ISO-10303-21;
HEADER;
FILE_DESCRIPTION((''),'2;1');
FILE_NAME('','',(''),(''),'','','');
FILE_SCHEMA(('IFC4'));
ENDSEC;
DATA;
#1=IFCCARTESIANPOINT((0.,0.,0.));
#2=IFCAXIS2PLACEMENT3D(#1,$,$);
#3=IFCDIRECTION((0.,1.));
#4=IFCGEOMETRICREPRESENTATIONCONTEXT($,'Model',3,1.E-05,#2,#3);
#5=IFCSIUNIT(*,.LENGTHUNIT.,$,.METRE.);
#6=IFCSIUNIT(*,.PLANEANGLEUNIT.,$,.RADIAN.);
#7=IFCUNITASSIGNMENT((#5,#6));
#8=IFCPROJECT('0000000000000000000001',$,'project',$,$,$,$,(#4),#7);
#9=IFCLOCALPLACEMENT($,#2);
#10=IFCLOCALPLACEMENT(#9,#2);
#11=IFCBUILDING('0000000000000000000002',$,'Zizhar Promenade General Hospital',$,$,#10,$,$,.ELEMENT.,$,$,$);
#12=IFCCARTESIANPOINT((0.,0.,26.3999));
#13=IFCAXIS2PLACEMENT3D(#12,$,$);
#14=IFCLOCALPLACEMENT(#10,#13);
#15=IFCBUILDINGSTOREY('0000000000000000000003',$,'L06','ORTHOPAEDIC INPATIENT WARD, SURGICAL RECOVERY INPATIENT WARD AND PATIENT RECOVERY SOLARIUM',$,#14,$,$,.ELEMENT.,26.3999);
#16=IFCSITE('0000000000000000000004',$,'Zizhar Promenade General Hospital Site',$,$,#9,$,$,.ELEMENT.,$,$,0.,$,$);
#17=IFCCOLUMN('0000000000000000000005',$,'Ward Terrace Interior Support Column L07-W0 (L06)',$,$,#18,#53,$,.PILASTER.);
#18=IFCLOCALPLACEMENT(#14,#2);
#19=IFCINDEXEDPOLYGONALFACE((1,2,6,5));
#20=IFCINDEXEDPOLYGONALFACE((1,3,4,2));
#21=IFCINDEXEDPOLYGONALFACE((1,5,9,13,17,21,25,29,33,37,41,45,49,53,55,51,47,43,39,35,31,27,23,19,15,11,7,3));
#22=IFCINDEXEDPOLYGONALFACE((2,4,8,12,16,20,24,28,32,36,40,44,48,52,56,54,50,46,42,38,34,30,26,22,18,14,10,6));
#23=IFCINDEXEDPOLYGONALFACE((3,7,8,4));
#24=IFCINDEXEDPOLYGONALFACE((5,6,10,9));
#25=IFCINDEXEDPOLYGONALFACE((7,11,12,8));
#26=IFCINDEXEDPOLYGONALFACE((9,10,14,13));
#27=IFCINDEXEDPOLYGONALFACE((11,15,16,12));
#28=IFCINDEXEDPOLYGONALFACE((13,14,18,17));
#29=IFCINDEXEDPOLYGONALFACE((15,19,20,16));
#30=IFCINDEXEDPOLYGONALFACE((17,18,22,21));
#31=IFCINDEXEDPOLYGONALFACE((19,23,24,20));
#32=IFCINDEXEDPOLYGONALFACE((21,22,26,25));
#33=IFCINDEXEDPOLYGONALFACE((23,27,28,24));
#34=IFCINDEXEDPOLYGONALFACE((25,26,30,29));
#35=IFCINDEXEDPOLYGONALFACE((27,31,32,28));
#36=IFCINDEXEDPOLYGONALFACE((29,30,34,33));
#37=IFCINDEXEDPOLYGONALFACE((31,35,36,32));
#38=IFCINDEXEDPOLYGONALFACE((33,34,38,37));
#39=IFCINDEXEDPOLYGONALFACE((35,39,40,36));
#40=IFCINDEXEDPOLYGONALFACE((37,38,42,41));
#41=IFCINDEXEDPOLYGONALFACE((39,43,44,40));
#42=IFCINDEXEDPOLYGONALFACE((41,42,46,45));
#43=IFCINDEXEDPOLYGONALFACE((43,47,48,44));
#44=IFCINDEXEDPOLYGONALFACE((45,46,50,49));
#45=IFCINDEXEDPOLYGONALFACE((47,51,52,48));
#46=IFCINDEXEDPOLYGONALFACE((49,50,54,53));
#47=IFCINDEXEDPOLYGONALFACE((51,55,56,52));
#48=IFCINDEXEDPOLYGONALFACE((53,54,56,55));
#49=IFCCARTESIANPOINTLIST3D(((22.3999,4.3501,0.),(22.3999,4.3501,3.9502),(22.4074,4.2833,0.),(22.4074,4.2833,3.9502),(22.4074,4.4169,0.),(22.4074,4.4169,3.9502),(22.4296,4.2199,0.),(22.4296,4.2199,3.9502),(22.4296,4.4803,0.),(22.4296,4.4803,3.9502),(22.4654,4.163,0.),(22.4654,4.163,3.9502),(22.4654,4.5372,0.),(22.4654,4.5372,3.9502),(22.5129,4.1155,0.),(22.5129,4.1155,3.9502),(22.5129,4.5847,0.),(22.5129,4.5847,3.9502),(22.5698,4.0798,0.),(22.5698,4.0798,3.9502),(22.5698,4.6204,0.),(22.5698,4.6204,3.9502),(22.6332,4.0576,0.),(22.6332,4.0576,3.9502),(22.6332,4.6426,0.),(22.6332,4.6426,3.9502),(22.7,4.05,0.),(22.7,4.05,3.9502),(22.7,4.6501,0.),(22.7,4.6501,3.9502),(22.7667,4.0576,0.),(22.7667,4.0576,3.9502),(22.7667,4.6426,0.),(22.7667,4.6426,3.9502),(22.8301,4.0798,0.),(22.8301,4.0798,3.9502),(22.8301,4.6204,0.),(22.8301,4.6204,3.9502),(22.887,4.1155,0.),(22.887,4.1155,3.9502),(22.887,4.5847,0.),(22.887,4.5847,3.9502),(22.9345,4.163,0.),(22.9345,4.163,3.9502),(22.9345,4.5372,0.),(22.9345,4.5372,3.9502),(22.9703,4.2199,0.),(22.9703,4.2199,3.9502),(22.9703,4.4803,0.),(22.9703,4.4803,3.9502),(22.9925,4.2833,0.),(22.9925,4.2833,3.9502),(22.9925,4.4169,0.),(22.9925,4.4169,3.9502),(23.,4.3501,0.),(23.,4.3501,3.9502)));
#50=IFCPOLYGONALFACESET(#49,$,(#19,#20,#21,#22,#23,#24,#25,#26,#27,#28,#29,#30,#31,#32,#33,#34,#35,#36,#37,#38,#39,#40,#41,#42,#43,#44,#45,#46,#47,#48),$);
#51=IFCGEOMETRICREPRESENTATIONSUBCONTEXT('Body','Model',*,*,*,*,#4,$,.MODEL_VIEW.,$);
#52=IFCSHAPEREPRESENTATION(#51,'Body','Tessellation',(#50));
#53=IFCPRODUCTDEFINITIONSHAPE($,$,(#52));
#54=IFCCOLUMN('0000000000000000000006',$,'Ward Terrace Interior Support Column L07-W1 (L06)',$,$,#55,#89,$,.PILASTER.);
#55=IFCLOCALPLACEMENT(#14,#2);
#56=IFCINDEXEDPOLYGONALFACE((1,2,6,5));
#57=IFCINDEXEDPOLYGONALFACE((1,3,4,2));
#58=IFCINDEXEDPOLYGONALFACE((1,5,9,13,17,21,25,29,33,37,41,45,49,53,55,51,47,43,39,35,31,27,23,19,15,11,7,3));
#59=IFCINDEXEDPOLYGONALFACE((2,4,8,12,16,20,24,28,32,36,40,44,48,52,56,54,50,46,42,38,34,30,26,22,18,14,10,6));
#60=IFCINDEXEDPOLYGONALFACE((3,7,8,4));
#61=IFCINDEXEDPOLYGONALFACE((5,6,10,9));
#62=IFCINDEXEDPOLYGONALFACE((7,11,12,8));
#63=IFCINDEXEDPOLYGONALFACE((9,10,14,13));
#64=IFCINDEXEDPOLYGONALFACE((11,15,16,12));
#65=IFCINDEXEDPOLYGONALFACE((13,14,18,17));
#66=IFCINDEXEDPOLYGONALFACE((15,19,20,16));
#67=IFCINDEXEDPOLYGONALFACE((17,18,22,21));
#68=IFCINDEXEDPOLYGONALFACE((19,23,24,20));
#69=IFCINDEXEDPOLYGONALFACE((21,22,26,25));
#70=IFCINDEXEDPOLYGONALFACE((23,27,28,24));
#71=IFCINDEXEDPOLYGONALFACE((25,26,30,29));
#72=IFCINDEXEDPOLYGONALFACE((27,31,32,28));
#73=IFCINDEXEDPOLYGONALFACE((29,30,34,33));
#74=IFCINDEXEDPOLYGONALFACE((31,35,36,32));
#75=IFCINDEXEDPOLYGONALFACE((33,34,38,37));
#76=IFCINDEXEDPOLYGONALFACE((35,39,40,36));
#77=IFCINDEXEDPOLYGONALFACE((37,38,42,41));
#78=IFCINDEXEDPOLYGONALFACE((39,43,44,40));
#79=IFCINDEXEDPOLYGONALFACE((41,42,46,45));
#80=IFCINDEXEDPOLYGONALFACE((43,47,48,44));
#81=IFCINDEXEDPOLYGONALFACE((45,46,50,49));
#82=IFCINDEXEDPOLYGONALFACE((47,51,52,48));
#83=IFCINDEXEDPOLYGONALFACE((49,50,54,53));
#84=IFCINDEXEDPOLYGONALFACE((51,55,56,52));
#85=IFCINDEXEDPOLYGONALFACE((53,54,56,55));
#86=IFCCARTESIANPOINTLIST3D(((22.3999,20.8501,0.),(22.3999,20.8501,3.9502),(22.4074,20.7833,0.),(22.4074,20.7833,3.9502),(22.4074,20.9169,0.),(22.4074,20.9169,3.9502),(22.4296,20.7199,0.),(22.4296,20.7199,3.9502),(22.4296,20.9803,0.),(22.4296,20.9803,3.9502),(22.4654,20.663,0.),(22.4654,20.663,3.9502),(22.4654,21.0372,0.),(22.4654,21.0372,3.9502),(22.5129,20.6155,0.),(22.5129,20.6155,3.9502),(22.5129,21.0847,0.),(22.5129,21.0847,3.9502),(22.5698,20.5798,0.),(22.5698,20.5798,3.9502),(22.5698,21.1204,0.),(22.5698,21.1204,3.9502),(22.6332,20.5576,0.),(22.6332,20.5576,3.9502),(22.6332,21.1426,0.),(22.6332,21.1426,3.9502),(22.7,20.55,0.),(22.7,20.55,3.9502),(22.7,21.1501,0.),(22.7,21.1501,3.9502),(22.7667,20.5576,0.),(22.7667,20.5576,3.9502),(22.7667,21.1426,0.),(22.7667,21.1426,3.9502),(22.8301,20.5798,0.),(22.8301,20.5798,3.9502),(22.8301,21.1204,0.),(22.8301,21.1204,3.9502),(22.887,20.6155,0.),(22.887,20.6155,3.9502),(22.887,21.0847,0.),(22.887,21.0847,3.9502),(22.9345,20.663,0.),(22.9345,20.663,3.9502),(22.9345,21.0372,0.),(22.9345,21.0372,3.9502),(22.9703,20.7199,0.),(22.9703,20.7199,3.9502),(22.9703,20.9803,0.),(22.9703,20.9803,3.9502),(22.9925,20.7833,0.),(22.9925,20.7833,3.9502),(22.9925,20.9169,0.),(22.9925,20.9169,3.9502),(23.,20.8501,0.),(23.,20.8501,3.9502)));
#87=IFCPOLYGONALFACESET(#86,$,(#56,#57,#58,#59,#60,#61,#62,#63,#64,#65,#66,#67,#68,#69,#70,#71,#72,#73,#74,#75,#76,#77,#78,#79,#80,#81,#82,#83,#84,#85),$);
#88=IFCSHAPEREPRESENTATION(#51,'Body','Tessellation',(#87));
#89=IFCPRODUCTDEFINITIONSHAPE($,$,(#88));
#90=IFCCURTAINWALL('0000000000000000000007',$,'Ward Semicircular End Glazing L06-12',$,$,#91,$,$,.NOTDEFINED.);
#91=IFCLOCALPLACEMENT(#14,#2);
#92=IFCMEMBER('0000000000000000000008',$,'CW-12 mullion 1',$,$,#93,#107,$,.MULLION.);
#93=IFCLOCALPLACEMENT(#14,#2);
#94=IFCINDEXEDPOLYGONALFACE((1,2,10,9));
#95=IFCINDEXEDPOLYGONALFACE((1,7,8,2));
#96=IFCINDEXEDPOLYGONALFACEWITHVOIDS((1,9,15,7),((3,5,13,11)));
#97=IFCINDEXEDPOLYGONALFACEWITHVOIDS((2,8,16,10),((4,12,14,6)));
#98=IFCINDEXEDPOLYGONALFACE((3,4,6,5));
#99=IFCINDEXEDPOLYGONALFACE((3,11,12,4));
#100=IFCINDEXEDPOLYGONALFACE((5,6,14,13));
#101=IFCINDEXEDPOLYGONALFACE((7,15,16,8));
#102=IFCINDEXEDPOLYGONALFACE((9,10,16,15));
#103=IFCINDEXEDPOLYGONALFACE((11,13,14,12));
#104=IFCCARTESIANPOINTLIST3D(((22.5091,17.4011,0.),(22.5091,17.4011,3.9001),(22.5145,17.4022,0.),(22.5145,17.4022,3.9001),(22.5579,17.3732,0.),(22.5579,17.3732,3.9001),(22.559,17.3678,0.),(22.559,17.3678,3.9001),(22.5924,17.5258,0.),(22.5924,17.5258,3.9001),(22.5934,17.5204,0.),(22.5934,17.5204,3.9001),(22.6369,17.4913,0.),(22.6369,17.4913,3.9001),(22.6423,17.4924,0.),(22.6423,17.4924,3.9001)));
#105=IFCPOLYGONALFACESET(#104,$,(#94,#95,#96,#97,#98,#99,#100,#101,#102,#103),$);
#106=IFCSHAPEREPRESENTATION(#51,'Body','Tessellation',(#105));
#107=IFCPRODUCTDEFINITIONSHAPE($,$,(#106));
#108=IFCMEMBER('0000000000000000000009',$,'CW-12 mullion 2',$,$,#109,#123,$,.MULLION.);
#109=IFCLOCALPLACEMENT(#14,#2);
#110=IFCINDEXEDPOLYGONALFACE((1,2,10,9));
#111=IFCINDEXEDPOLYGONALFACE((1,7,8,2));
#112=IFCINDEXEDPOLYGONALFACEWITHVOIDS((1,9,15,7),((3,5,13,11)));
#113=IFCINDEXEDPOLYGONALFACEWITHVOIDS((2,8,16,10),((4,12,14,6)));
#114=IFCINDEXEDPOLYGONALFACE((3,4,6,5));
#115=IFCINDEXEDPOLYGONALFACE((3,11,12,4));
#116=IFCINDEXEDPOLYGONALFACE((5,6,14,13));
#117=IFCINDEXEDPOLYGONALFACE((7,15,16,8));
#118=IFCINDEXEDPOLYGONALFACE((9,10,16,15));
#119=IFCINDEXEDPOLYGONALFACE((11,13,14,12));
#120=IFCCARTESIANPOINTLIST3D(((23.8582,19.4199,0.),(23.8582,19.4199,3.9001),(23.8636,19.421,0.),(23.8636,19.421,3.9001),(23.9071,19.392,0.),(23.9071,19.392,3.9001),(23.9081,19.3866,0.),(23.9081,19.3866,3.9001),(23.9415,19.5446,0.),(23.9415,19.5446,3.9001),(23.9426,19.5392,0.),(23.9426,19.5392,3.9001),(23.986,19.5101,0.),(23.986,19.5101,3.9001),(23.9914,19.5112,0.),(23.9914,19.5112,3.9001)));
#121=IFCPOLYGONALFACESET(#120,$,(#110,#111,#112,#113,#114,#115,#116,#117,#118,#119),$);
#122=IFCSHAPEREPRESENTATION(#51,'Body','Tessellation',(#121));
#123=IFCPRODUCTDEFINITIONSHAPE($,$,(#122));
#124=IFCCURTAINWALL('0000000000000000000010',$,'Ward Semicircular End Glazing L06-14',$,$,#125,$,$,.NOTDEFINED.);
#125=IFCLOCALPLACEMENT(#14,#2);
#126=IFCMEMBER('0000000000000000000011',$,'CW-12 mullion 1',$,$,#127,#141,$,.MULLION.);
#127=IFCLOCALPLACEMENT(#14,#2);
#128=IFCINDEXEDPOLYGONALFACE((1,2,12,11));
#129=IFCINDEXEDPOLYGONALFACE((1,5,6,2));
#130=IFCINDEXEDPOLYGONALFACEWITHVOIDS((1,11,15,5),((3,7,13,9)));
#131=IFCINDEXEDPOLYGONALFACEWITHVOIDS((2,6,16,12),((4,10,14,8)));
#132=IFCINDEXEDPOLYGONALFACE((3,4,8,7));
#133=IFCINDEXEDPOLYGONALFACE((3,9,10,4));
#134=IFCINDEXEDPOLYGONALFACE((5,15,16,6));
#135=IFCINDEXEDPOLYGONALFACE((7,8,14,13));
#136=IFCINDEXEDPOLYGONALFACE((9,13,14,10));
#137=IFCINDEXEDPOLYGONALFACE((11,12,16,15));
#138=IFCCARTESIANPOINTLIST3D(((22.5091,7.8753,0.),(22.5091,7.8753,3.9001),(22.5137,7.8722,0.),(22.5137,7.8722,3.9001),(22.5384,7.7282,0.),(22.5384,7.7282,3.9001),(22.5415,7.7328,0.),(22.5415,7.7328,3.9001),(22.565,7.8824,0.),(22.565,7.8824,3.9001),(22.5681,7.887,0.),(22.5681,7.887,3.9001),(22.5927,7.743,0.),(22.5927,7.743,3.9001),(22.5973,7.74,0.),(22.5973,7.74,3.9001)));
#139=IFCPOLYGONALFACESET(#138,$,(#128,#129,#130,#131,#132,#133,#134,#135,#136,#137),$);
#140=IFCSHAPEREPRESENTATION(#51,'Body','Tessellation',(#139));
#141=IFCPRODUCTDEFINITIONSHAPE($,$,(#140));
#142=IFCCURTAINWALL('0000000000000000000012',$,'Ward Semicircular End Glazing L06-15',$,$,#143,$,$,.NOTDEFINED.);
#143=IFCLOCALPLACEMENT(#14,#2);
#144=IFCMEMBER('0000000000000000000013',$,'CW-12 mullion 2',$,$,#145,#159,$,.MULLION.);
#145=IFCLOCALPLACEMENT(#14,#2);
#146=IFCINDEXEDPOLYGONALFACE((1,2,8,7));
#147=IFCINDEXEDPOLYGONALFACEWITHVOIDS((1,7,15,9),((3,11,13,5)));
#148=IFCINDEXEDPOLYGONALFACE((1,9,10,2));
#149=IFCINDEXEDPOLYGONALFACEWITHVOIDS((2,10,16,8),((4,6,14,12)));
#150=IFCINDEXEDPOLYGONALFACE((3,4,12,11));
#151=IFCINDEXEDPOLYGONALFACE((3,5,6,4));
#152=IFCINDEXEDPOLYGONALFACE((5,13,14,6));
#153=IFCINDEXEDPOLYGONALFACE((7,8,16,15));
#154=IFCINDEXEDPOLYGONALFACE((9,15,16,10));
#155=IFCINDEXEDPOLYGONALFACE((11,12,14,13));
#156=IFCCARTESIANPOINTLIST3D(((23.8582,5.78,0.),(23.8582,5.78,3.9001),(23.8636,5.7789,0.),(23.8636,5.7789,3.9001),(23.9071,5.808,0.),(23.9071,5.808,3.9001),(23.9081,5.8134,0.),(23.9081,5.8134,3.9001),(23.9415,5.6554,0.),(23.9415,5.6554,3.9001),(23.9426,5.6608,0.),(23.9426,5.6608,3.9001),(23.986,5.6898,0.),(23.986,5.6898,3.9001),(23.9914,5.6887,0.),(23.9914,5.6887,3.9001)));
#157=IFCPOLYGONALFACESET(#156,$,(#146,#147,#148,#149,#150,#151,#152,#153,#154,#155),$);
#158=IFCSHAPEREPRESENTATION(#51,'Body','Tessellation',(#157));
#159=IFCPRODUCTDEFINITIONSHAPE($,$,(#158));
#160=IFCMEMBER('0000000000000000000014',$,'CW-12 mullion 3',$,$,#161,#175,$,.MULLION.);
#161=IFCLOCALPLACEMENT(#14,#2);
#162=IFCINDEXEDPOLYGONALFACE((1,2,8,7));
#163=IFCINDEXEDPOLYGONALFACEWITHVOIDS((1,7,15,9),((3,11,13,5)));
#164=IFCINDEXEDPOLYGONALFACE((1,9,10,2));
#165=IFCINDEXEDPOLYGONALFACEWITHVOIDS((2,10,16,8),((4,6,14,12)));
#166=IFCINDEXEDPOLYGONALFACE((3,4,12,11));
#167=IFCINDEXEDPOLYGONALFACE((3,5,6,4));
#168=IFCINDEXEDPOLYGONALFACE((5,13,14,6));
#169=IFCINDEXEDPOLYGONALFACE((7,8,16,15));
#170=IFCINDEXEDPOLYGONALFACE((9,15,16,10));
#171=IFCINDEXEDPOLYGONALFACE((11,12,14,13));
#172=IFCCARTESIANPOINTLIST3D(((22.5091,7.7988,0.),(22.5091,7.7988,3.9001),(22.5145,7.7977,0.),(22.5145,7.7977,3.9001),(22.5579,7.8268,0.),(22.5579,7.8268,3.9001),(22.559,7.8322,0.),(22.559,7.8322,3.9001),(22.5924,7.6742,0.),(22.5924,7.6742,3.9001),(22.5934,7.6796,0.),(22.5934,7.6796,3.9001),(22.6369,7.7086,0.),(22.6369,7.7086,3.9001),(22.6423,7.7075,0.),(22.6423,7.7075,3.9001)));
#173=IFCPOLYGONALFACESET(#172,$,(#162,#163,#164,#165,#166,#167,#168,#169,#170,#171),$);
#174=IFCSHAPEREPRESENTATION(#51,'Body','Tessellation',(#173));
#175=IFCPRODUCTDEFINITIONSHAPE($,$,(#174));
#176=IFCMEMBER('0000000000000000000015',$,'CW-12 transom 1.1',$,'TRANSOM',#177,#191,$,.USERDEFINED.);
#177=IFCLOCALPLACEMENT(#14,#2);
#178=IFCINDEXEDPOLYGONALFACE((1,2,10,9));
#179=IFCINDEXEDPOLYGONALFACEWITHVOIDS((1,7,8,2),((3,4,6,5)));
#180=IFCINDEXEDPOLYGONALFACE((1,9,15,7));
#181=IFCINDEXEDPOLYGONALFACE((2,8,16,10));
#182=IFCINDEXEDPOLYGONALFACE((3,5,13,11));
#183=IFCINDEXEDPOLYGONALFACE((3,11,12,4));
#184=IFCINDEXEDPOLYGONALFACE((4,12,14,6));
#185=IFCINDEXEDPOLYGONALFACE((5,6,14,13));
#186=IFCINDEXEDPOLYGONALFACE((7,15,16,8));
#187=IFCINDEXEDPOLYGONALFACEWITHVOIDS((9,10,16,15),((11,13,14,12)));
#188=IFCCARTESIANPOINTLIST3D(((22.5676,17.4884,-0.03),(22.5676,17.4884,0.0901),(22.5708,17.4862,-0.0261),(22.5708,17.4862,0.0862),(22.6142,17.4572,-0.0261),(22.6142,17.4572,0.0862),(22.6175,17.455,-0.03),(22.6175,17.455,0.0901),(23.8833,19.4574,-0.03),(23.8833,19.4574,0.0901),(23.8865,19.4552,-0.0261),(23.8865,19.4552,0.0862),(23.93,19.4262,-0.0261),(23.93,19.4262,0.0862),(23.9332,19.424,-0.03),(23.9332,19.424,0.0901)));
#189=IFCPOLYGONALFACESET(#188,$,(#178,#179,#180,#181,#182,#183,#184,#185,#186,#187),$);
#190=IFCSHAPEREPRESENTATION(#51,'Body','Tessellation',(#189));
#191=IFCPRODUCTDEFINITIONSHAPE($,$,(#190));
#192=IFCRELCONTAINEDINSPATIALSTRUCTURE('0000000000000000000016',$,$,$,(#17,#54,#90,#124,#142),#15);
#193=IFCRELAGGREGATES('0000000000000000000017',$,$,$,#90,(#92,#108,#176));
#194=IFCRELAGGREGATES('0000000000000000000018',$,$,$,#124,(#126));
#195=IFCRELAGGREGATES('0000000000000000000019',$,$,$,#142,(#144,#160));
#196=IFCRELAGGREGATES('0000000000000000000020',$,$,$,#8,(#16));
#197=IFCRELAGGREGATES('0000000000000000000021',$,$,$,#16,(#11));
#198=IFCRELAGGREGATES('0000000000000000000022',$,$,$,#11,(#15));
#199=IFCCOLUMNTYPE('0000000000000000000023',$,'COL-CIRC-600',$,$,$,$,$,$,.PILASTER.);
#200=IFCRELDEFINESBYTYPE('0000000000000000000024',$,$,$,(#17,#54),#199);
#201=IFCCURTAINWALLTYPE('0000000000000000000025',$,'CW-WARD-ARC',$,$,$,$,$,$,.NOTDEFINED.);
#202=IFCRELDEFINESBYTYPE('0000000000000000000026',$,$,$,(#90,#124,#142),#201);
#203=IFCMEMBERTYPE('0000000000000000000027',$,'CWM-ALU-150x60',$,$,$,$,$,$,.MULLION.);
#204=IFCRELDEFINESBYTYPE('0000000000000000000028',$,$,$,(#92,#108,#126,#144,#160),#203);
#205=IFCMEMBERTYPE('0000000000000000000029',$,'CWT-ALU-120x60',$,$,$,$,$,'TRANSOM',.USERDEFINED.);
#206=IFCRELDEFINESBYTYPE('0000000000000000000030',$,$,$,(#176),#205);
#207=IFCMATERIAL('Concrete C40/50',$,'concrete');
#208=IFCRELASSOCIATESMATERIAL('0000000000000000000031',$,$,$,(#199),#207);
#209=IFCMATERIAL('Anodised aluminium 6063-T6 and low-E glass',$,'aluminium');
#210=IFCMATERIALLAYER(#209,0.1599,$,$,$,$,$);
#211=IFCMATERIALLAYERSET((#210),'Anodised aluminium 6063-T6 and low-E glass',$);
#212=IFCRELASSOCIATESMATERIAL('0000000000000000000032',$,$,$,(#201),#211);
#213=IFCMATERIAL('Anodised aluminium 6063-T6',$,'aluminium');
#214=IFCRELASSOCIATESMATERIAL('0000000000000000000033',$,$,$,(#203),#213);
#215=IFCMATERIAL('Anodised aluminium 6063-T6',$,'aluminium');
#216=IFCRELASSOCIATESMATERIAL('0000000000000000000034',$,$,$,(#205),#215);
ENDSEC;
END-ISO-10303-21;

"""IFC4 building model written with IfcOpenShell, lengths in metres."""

from ifc_helpers import new_model, si_unit, direction, frame, origin, origin_2d, place, context, subcontext, project, spatial, hollow_rectangle, circle, extrude, material, layer, layer_set, material_profile, profile_set, type_object, element, aggregate, save


model = new_model("IFC4")

# Units and contexts
model_context = context("Model", 3, precision=1e-05, world=origin(), true_north=direction((0.0, 1.0)))
body_context = subcontext(model_context, "Body", "Model", "MODEL_VIEW")
ifc_project = project(units=[si_unit("LENGTHUNIT", "METRE"), si_unit("PLANEANGLEUNIT", "RADIAN")], contexts=[model_context])

# Site, building, storey
site_placement = place(None, origin())
site = spatial("IfcSite", under=ifc_project, at=site_placement, Name="Zizhar Promenade General Hospital Site", CompositionType="ELEMENT", RefElevation=0.0)
building_placement = place(site_placement, origin())
building = spatial("IfcBuilding", under=site, at=building_placement, Name="Zizhar Promenade General Hospital", CompositionType="ELEMENT")
storey_placement = place(building_placement, frame((0.0, 0.0, 26.3999)))
storey = spatial("IfcBuildingStorey", under=building, at=storey_placement, Name="L06", Description="ORTHOPAEDIC INPATIENT WARD, SURGICAL RECOVERY INPATIENT WARD AND PATIENT RECOVERY SOLARIUM", CompositionType="ELEMENT", Elevation=26.3999)

# Columns
ifc_material_1 = material(Name="Concrete C40/50", Category="concrete")
ifc_material_profile_1 = material_profile(ifc_material_1, circle(Radius=0.3, at=origin_2d()))
ifc_profile_set_1 = profile_set([ifc_material_profile_1], Name="Concrete C40/50")
column_type = type_object("IfcColumnType", Name="COL-CIRC-600", PredefinedType="PILASTER", material=ifc_profile_set_1)
for number, where, z_axis, x_axis, name in (
    (1, (22.7, 4.3501, 0.0), (0.0, 0.0, 1.0), (1.0, 0.0, 0.0), "Ward Terrace Interior Support Column L07-W0 (L06)"),
    (2, (22.7, 20.8501, 0.0), (0.0, 0.0, 1.0), (1.0, 0.0, 0.0), "Ward Terrace Interior Support Column L07-W1 (L06)"),
):
    element("IfcColumn", number, at=place(storey_placement, frame(where, z_axis=z_axis, x_axis=x_axis)), inside=storey, type_object=column_type, Name=name, PredefinedType="PILASTER", context=body_context, shape_type="SweptSolid", body=[
        extrude(circle(Radius=0.3, at=origin_2d()), origin(), (0.0, 0.0, 1.0), 3.9502),
    ])

# Curtain wall, members
ifc_material_2 = material(Name="Anodised aluminium 6063-T6 and low-E glass", Category="aluminium")
ifc_layer_1 = layer(ifc_material_2, 0.1599)
ifc_layer_set_1 = layer_set([ifc_layer_1], Name="Anodised aluminium 6063-T6 and low-E glass")
curtain_wall_type = type_object("IfcCurtainWallType", Name="CW-WARD-ARC", PredefinedType="NOTDEFINED", material=ifc_layer_set_1)
curtain_wall_1_placement = place(storey_placement, origin())
curtain_wall_1 = element("IfcCurtainWall", 3, at=curtain_wall_1_placement, inside=storey, type_object=curtain_wall_type, Name="Ward Semicircular End Glazing L06-12", PredefinedType="NOTDEFINED")
ifc_material_3 = material(Name="Anodised aluminium 6063-T6", Category="aluminium")
ifc_material_profile_2 = material_profile(ifc_material_3, hollow_rectangle(XDim=0.0601, YDim=0.1499, WallThickness=0.0039, at=origin_2d()))
ifc_profile_set_2 = profile_set([ifc_material_profile_2], Name="Anodised aluminium 6063-T6")
member_type_1 = type_object("IfcMemberType", Name="CWM-ALU-150x60", PredefinedType="MULLION", material=ifc_profile_set_2)
member_1_placement = place(storey_placement, frame((22.5757, 17.4468, 0.0), z_axis=(0.0, 0.0, 1.0), x_axis=(-0.831462, 0.555582, 0.0)))
member_1 = element("IfcMember", 4, at=member_1_placement, type_object=member_type_1, Name="CW-12 mullion 1", PredefinedType="MULLION", context=body_context, shape_type="SweptSolid", body=[
    extrude(hollow_rectangle(XDim=0.0601, YDim=0.1499, WallThickness=0.0039, at=origin_2d()), origin(), (0.0, 0.0, 1.0), 3.9001),
])
member_2_placement = place(storey_placement, frame((23.9248, 19.4656, 0.0), z_axis=(0.0, 0.0, 1.0), x_axis=(-0.831462, 0.555582, 0.0)))
member_2 = element("IfcMember", 5, at=member_2_placement, type_object=member_type_1, Name="CW-12 mullion 2", PredefinedType="MULLION", context=body_context, shape_type="SweptSolid", body=[
    extrude(hollow_rectangle(XDim=0.0601, YDim=0.1499, WallThickness=0.0039, at=origin_2d()), origin(), (0.0, 0.0, 1.0), 3.9001),
])

# Curtain wall, member
curtain_wall_2_placement = place(storey_placement, origin())
curtain_wall_2 = element("IfcCurtainWall", 6, at=curtain_wall_2_placement, inside=storey, type_object=curtain_wall_type, Name="Ward Semicircular End Glazing L06-14", PredefinedType="NOTDEFINED")
member_3_placement = place(storey_placement, frame((22.5532, 7.8076, 0.0), z_axis=(0.0, 0.0, 1.0), x_axis=(-0.980786, -0.195087, 0.0)))
member_3 = element("IfcMember", 7, at=member_3_placement, type_object=member_type_1, Name="CW-12 mullion 1", PredefinedType="MULLION", context=body_context, shape_type="SweptSolid", body=[
    extrude(hollow_rectangle(XDim=0.0601, YDim=0.1499, WallThickness=0.0039, at=origin_2d()), origin(), (0.0, 0.0, 1.0), 3.9001),
])

# Curtain wall, members
curtain_wall_3_placement = place(storey_placement, origin())
curtain_wall_3 = element("IfcCurtainWall", 8, at=curtain_wall_3_placement, inside=storey, type_object=curtain_wall_type, Name="Ward Semicircular End Glazing L06-15", PredefinedType="NOTDEFINED")
member_4_placement = place(storey_placement, frame((23.9248, 5.7344, 0.0), z_axis=(0.0, 0.0, 1.0), x_axis=(-0.831462, -0.555582, 0.0)))
member_4 = element("IfcMember", 9, at=member_4_placement, type_object=member_type_1, Name="CW-12 mullion 2", PredefinedType="MULLION", context=body_context, shape_type="SweptSolid", body=[
    extrude(hollow_rectangle(XDim=0.0601, YDim=0.1499, WallThickness=0.0039, at=origin_2d()), origin(), (0.0, 0.0, 1.0), 3.9001),
])
member_5_placement = place(storey_placement, frame((22.5757, 7.7532, 0.0), z_axis=(0.0, 0.0, 1.0), x_axis=(-0.831462, -0.555582, 0.0)))
member_5 = element("IfcMember", 10, at=member_5_placement, type_object=member_type_1, Name="CW-12 mullion 3", PredefinedType="MULLION", context=body_context, shape_type="SweptSolid", body=[
    extrude(hollow_rectangle(XDim=0.0601, YDim=0.1499, WallThickness=0.0039, at=origin_2d()), origin(), (0.0, 0.0, 1.0), 3.9001),
])

# Member
ifc_material_4 = material(Name="Anodised aluminium 6063-T6", Category="aluminium")
ifc_material_profile_3 = material_profile(ifc_material_4, hollow_rectangle(XDim=0.0601, YDim=0.1201, WallThickness=0.0039, at=origin_2d()))
ifc_profile_set_3 = profile_set([ifc_material_profile_3], Name="Anodised aluminium 6063-T6")
member_type_2 = type_object("IfcMemberType", Name="CWT-ALU-120x60", ElementType="TRANSOM", PredefinedType="USERDEFINED", material=ifc_profile_set_3)
member_6_placement = place(storey_placement, frame((22.5925, 17.4717, 0.03), z_axis=(0.55558, 0.831463, 0.0), x_axis=(-0.831463, 0.55558, 0.0)))
member_6 = element("IfcMember", 11, at=member_6_placement, type_object=member_type_2, Name="CW-12 transom 1.1", ObjectType="TRANSOM", PredefinedType="USERDEFINED", context=body_context, shape_type="SweptSolid", body=[
    extrude(hollow_rectangle(XDim=0.0601, YDim=0.1201, WallThickness=0.0039, at=origin_2d()), origin(), (0.0, 0.0, 1.0), 2.3682),
])

aggregate(curtain_wall_1, [member_1, member_2, member_6])
aggregate(curtain_wall_2, [member_3])
aggregate(curtain_wall_3, [member_4, member_5])

save(model, "model.ifc")
